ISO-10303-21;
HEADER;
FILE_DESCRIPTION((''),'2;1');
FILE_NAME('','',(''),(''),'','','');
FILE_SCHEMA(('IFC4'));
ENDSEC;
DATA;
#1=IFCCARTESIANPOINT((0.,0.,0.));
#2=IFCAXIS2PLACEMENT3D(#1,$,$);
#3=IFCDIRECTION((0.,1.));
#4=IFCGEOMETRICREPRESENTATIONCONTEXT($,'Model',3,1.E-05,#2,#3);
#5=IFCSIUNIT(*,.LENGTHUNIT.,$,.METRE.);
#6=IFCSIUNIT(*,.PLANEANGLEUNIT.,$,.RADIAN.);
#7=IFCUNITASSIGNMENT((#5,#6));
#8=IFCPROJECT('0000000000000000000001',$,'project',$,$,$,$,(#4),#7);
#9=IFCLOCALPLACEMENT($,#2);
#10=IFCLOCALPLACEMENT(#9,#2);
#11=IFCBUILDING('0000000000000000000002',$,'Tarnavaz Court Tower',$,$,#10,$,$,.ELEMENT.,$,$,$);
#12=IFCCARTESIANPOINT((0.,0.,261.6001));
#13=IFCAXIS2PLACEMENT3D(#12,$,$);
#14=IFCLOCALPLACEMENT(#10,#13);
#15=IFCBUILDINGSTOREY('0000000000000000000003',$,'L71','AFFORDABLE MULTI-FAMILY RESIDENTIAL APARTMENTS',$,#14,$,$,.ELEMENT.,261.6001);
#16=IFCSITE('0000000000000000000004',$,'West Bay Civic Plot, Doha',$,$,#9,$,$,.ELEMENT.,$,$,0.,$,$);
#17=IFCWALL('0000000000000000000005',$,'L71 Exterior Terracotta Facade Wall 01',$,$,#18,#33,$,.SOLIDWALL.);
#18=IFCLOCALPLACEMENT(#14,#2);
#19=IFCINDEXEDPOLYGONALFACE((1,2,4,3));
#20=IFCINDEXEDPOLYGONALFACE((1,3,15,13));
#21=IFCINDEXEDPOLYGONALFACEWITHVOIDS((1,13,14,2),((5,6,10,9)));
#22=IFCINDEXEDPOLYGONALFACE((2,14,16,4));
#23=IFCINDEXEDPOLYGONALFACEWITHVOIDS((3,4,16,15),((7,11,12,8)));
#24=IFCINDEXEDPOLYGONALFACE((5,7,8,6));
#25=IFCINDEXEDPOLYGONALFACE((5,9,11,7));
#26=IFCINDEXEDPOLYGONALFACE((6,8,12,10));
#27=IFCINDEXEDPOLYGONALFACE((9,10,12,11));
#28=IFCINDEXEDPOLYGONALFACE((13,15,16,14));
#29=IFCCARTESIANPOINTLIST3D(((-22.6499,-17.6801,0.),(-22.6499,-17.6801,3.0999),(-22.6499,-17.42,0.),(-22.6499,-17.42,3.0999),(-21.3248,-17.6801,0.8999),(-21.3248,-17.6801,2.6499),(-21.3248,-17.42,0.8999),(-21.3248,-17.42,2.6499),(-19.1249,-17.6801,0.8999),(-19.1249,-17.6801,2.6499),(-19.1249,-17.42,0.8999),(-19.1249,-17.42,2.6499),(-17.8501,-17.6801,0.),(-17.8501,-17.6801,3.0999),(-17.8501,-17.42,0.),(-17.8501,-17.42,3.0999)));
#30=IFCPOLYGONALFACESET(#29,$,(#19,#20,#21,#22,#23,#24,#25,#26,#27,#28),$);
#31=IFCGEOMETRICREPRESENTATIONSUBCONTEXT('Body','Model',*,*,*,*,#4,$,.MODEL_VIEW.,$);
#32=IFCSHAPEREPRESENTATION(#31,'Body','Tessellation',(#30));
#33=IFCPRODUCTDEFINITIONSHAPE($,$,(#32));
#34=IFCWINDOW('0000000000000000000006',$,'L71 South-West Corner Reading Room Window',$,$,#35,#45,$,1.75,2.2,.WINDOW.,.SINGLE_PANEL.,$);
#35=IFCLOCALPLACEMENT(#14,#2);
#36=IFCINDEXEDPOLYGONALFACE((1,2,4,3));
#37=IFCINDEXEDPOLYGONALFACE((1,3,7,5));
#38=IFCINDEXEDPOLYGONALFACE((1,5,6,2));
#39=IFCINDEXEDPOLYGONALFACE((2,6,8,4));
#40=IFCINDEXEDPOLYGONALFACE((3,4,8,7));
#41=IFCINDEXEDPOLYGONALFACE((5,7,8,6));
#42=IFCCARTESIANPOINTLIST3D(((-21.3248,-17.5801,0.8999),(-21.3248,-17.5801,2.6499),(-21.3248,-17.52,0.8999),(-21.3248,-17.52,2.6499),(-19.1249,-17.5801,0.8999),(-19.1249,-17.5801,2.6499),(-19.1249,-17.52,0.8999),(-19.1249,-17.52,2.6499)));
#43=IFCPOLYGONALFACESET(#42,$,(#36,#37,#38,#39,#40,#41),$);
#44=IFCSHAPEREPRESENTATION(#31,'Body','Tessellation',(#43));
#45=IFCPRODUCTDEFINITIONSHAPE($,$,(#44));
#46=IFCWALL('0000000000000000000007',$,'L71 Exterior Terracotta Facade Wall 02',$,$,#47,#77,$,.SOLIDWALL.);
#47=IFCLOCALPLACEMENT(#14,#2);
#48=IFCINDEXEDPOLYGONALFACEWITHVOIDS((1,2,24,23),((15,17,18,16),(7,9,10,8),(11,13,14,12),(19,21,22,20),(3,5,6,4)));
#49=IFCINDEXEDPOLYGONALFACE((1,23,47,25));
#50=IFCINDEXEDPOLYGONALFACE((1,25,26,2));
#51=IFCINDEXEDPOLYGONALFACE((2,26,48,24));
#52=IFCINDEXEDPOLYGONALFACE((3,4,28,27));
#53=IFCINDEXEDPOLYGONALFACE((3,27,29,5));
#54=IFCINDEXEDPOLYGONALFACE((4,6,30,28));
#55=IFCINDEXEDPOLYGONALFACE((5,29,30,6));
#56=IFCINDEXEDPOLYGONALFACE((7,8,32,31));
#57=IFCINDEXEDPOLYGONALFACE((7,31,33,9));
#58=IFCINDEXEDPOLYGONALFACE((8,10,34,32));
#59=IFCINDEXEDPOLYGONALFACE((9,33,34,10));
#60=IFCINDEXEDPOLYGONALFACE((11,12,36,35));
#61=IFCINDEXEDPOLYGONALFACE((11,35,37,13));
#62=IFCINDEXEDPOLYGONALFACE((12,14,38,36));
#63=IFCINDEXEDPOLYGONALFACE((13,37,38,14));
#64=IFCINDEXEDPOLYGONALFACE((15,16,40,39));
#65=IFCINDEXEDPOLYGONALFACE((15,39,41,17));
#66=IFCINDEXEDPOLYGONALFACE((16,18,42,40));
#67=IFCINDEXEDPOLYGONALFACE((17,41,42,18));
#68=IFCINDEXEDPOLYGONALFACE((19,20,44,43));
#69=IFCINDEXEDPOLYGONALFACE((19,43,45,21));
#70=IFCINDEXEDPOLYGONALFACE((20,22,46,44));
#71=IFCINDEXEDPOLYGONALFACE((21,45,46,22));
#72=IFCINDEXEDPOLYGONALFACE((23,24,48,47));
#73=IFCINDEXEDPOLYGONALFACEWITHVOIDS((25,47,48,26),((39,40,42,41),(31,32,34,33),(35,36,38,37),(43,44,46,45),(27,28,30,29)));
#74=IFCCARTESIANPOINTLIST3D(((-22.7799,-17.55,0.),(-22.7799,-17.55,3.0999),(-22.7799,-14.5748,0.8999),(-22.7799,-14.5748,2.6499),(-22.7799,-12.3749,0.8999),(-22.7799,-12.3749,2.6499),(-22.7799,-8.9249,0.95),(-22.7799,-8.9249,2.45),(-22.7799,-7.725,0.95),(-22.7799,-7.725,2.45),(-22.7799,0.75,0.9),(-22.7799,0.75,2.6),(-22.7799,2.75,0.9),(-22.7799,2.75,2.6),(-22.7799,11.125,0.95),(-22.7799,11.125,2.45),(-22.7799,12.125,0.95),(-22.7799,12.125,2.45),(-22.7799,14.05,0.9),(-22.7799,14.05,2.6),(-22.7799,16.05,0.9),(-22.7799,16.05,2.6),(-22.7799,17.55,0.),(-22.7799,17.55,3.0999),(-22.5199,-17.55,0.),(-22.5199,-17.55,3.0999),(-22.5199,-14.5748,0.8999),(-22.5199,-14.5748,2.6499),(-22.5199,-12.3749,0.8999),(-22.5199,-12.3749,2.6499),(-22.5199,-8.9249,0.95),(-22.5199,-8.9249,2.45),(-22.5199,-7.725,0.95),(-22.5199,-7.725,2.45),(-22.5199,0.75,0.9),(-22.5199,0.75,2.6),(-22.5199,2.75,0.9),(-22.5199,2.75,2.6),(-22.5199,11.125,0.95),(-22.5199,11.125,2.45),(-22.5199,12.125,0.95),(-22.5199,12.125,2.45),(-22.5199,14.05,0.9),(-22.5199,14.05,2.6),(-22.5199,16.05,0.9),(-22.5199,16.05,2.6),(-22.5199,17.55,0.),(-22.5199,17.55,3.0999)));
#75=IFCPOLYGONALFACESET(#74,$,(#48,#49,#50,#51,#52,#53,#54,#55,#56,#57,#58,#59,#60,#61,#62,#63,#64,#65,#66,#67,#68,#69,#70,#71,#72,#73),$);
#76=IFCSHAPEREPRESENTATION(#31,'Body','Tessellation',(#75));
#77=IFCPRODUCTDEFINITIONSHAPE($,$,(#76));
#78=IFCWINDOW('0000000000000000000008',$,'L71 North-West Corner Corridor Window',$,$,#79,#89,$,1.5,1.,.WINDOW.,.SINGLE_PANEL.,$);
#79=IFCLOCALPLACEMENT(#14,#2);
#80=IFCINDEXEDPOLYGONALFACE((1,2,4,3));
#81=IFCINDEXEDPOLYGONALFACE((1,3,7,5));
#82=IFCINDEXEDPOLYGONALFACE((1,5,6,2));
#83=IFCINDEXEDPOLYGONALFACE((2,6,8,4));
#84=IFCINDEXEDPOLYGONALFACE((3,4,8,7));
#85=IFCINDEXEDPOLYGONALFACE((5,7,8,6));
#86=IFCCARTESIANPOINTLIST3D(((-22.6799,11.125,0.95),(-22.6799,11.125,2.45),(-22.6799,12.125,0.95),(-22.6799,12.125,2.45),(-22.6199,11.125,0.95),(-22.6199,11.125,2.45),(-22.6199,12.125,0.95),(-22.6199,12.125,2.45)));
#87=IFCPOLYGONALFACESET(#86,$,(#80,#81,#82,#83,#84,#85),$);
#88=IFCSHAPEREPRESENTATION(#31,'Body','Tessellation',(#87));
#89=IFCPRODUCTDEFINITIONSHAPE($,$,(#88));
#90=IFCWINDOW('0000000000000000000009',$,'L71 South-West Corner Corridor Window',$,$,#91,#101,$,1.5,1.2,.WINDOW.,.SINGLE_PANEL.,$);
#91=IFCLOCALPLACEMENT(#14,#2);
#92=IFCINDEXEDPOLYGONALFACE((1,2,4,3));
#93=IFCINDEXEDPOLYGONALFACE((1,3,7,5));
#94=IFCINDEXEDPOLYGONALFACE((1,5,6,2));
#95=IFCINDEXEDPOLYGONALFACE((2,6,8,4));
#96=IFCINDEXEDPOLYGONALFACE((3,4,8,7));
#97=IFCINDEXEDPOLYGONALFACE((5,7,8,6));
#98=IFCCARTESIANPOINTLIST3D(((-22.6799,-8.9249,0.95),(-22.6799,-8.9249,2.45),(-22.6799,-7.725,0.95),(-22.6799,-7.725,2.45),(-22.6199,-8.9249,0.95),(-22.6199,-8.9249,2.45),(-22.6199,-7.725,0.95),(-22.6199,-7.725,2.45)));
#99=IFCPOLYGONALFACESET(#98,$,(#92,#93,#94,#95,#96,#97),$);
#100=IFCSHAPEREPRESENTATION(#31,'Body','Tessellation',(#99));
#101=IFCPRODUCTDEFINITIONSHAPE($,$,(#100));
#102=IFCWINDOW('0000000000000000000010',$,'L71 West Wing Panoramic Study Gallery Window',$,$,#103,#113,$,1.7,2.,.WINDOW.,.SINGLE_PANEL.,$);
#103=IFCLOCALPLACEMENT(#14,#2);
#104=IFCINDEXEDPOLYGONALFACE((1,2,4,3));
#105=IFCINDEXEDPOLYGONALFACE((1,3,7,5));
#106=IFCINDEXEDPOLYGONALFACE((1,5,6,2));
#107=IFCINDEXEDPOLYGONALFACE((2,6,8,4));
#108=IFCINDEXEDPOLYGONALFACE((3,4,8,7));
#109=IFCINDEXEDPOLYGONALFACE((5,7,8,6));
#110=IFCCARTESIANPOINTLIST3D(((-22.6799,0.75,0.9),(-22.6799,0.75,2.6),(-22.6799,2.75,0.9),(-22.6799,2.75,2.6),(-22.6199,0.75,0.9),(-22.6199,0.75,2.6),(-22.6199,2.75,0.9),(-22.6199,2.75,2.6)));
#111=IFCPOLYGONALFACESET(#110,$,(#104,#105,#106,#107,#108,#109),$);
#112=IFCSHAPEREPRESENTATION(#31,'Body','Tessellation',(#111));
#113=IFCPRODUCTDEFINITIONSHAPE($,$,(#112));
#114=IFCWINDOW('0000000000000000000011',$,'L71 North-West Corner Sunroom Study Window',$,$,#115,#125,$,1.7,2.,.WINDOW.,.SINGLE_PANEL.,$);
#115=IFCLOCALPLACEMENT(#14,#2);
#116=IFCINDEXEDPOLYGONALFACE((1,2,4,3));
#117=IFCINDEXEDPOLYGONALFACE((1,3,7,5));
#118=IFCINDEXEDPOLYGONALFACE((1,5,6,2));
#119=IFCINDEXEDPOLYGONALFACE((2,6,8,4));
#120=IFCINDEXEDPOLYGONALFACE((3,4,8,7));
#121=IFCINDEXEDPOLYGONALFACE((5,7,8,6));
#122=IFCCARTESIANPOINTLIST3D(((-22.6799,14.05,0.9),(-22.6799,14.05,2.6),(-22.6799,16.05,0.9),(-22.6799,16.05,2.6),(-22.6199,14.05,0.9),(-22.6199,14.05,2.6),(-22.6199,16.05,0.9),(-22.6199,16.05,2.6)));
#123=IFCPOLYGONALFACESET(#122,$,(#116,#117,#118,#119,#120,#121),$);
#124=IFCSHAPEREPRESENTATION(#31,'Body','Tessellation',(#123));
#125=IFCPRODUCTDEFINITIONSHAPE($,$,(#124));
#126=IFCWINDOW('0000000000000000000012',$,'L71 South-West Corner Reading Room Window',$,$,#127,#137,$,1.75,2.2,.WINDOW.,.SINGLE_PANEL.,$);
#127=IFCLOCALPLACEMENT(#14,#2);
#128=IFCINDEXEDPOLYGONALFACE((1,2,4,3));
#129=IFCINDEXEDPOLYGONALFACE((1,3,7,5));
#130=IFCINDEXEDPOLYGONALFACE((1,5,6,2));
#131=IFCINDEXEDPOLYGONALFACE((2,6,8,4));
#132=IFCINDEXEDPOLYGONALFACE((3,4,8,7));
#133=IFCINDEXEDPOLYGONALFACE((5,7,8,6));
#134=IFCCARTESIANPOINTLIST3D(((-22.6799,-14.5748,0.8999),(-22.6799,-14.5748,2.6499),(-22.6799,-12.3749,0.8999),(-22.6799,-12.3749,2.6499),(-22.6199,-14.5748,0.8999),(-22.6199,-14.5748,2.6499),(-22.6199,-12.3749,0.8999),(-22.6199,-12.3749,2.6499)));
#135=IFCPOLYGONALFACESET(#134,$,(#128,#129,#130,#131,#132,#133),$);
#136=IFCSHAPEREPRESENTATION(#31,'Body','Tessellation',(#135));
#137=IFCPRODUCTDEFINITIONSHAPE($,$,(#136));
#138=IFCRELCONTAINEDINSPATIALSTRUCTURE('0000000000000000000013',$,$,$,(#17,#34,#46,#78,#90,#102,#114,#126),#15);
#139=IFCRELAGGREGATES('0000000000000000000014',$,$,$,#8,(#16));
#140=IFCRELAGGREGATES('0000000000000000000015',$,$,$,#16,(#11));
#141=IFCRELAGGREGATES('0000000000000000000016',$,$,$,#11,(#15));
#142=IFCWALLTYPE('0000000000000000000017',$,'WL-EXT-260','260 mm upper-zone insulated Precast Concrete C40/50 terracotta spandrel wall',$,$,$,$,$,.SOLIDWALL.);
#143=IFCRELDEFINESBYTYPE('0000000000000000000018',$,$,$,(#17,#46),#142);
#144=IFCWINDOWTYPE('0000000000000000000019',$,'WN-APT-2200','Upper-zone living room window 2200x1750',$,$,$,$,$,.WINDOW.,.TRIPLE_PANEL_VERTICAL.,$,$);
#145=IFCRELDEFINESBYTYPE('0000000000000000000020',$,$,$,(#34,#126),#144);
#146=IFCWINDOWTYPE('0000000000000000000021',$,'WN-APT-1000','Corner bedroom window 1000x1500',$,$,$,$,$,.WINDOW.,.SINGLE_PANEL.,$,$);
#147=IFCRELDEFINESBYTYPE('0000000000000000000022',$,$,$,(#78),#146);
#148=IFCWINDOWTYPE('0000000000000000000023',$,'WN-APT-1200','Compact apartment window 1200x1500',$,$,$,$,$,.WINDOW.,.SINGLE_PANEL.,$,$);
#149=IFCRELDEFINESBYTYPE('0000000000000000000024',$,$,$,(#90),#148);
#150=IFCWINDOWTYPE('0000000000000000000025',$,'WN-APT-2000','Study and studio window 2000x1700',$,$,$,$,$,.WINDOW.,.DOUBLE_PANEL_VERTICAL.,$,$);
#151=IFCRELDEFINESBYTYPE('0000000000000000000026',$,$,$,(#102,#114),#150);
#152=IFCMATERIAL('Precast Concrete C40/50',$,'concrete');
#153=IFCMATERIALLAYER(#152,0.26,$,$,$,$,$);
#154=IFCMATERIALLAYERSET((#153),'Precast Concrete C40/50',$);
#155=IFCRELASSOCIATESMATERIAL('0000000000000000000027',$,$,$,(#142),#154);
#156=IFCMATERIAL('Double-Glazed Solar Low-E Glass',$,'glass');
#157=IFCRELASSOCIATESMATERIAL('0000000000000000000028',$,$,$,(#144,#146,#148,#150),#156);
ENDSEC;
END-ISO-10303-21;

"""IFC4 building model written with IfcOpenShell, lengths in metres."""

from ifc_helpers import new_model, si_unit, direction, frame, frame_2d, origin, place, context, subcontext, project, spatial, rectangle, extrude, material, layer, layer_set, type_object, element, fill, save


model = new_model("IFC4")

# Units and contexts
model_context = context("Model", 3, precision=1e-05, world=origin(), true_north=direction((0.0, 1.0)))
body_context = subcontext(model_context, "Body", "Model", "MODEL_VIEW")
ifc_project = project(units=[si_unit("LENGTHUNIT", "METRE"), si_unit("PLANEANGLEUNIT", "RADIAN")], contexts=[model_context])

# Site, building, storey
site_placement = place(None, origin())
site = spatial("IfcSite", under=ifc_project, at=site_placement, Name="West Bay Civic Plot, Doha", CompositionType="ELEMENT", RefElevation=0.0)
building_placement = place(site_placement, origin())
building = spatial("IfcBuilding", under=site, at=building_placement, Name="Tarnavaz Court Tower", CompositionType="ELEMENT")
storey_placement = place(building_placement, frame((0.0, 0.0, 261.6001)))
storey = spatial("IfcBuildingStorey", under=building, at=storey_placement, Name="L71", Description="AFFORDABLE MULTI-FAMILY RESIDENTIAL APARTMENTS", CompositionType="ELEMENT", Elevation=261.6001)

# Wall, opening, window
ifc_material_1 = material(Name="Precast Concrete C40/50", Category="concrete")
ifc_layer_1 = layer(ifc_material_1, 0.26)
ifc_layer_set_1 = layer_set([ifc_layer_1], Name="Precast Concrete C40/50")
wall_type_1 = type_object("IfcWallType", Name="WL-EXT-260", Description="260 mm upper-zone insulated Precast Concrete C40/50 terracotta spandrel wall", PredefinedType="SOLIDWALL", material=ifc_layer_set_1)
wall_1_placement = place(storey_placement, frame((-17.8501, -17.55, 0.0), z_axis=(0.0, 0.0, 1.0), x_axis=(-1.0, 0.0, 0.0)))
wall_1 = element("IfcWall", 1, at=wall_1_placement, inside=storey, type_object=wall_type_1, Name="L71 Exterior Terracotta Facade Wall 01", PredefinedType="SOLIDWALL", context=body_context, shape_type="SweptSolid", body=[
    extrude(rectangle(XDim=4.7998, YDim=0.26, at=frame_2d((2.3999, 0.0))), origin(), (0.0, 0.0, 1.0), 3.0999),
])
opening_1_placement = place(wall_1_placement, frame((1.2747, 0.0, 0.8999)))
opening_1 = element("IfcOpeningElement", 2, at=opening_1_placement, cuts=wall_1, PredefinedType="OPENING", context=body_context, shape_type="SweptSolid", body=[
    extrude(rectangle(XDim=2.2, YDim=1.75, at=frame_2d((1.1001, 0.875))), frame((0.0, 0.1399, 0.0), z_axis=(0.0, -1.0, 0.0), x_axis=(1.0, 0.0, 0.0)), (0.0, 0.0, 1.0), 0.28),
])
ifc_material_2 = material(Name="Double-Glazed Solar Low-E Glass", Category="glass")
window_type_1 = type_object("IfcWindowType", Name="WN-APT-2200", Description="Upper-zone living room window 2200x1750", PartitioningType="TRIPLE_PANEL_VERTICAL", PredefinedType="WINDOW", material=ifc_material_2)
window_1_placement = place(opening_1_placement, origin())
window_1 = element("IfcWindow", 3, at=window_1_placement, inside=storey, type_object=window_type_1, Name="L71 South-West Corner Reading Room Window", OverallHeight=1.75, OverallWidth=2.2, PartitioningType="SINGLE_PANEL", PredefinedType="WINDOW", context=body_context, shape_type="SweptSolid", body=[
    extrude(rectangle(XDim=2.2, YDim=1.75, at=frame_2d((1.1001, 0.875))), frame((0.0, 0.03, 0.0), z_axis=(0.0, -1.0, 0.0), x_axis=(1.0, 0.0, 0.0)), (0.0, 0.0, 1.0), 0.0601),
])
fill(opening_1, window_1)

# Wall, openings, windows
wall_2_placement = place(storey_placement, frame((-22.6499, -17.55, 0.0), z_axis=(0.0, 0.0, 1.0), x_axis=(0.0, 1.0, 0.0)))
wall_2 = element("IfcWall", 4, at=wall_2_placement, inside=storey, type_object=wall_type_1, Name="L71 Exterior Terracotta Facade Wall 02", PredefinedType="SOLIDWALL", context=body_context, shape_type="SweptSolid", body=[
    extrude(rectangle(XDim=35.1001, YDim=0.26, at=frame_2d((17.55, 0.0))), origin(), (0.0, 0.0, 1.0), 3.0999),
])
opening_2_placement = place(wall_2_placement, frame((2.9751, 0.0, 0.8999)))
opening_2 = element("IfcOpeningElement", 5, at=opening_2_placement, cuts=wall_2, PredefinedType="OPENING", context=body_context, shape_type="SweptSolid", body=[
    extrude(rectangle(XDim=2.2, YDim=1.75, at=frame_2d((1.1001, 0.875))), frame((0.0, 0.1399, 0.0), z_axis=(0.0, -1.0, 0.0), x_axis=(1.0, 0.0, 0.0)), (0.0, 0.0, 1.0), 0.28),
])
opening_3_placement = place(wall_2_placement, frame((8.625, 0.0, 0.95)))
opening_3 = element("IfcOpeningElement", 6, at=opening_3_placement, cuts=wall_2, PredefinedType="OPENING", context=body_context, shape_type="SweptSolid", body=[
    extrude(rectangle(XDim=1.2, YDim=1.5, at=frame_2d((0.6001, 0.75))), frame((0.0, 0.1399, 0.0), z_axis=(0.0, -1.0, 0.0), x_axis=(1.0, 0.0, 0.0)), (0.0, 0.0, 1.0), 0.28),
])
opening_4_placement = place(wall_2_placement, frame((18.3, 0.0, 0.8999)))
opening_4 = element("IfcOpeningElement", 7, at=opening_4_placement, cuts=wall_2, PredefinedType="OPENING", context=body_context, shape_type="SweptSolid", body=[
    extrude(rectangle(XDim=2.0, YDim=1.7, at=frame_2d((1.0, 0.8501))), frame((0.0, 0.1399, 0.0), z_axis=(0.0, -1.0, 0.0), x_axis=(1.0, 0.0, 0.0)), (0.0, 0.0, 1.0), 0.28),
])
opening_5_placement = place(wall_2_placement, frame((28.675, 0.0, 0.95)))
opening_5 = element("IfcOpeningElement", 8, at=opening_5_placement, cuts=wall_2, PredefinedType="OPENING", context=body_context, shape_type="SweptSolid", body=[
    extrude(rectangle(XDim=1.0, YDim=1.5, at=frame_2d((0.5, 0.75))), frame((0.0, 0.1399, 0.0), z_axis=(0.0, -1.0, 0.0), x_axis=(1.0, 0.0, 0.0)), (0.0, 0.0, 1.0), 0.28),
])
opening_6_placement = place(wall_2_placement, frame((31.6001, 0.0, 0.8999)))
opening_6 = element("IfcOpeningElement", 9, at=opening_6_placement, cuts=wall_2, PredefinedType="OPENING", context=body_context, shape_type="SweptSolid", body=[
    extrude(rectangle(XDim=2.0, YDim=1.7, at=frame_2d((1.0, 0.8501))), frame((0.0, 0.1399, 0.0), z_axis=(0.0, -1.0, 0.0), x_axis=(1.0, 0.0, 0.0)), (0.0, 0.0, 1.0), 0.28),
])
window_type_2 = type_object("IfcWindowType", Name="WN-APT-1000", Description="Corner bedroom window 1000x1500", PartitioningType="SINGLE_PANEL", PredefinedType="WINDOW", material=ifc_material_2)
window_2_placement = place(opening_5_placement, origin())
window_2 = element("IfcWindow", 10, at=window_2_placement, inside=storey, type_object=window_type_2, Name="L71 North-West Corner Corridor Window", OverallHeight=1.5, OverallWidth=1.0, PartitioningType="SINGLE_PANEL", PredefinedType="WINDOW", context=body_context, shape_type="SweptSolid", body=[
    extrude(rectangle(XDim=1.0, YDim=1.5, at=frame_2d((0.5, 0.75))), frame((0.0, 0.03, 0.0), z_axis=(0.0, -1.0, 0.0), x_axis=(1.0, 0.0, 0.0)), (0.0, 0.0, 1.0), 0.0601),
])
fill(opening_5, window_2)
window_type_3 = type_object("IfcWindowType", Name="WN-APT-1200", Description="Compact apartment window 1200x1500", PartitioningType="SINGLE_PANEL", PredefinedType="WINDOW", material=ifc_material_2)
window_3_placement = place(opening_3_placement, origin())
window_3 = element("IfcWindow", 11, at=window_3_placement, inside=storey, type_object=window_type_3, Name="L71 South-West Corner Corridor Window", OverallHeight=1.5, OverallWidth=1.2, PartitioningType="SINGLE_PANEL", PredefinedType="WINDOW", context=body_context, shape_type="SweptSolid", body=[
    extrude(rectangle(XDim=1.2, YDim=1.5, at=frame_2d((0.6001, 0.75))), frame((0.0, 0.03, 0.0), z_axis=(0.0, -1.0, 0.0), x_axis=(1.0, 0.0, 0.0)), (0.0, 0.0, 1.0), 0.0601),
])
fill(opening_3, window_3)
window_type_4 = type_object("IfcWindowType", Name="WN-APT-2000", Description="Study and studio window 2000x1700", PartitioningType="DOUBLE_PANEL_VERTICAL", PredefinedType="WINDOW", material=ifc_material_2)
window_4_placement = place(opening_4_placement, origin())
window_4 = element("IfcWindow", 12, at=window_4_placement, inside=storey, type_object=window_type_4, Name="L71 West Wing Panoramic Study Gallery Window", OverallHeight=1.7, OverallWidth=2.0, PartitioningType="SINGLE_PANEL", PredefinedType="WINDOW", context=body_context, shape_type="SweptSolid", body=[
    extrude(rectangle(XDim=2.0, YDim=1.7, at=frame_2d((1.0, 0.8501))), frame((0.0, 0.03, 0.0), z_axis=(0.0, -1.0, 0.0), x_axis=(1.0, 0.0, 0.0)), (0.0, 0.0, 1.0), 0.0601),
])
fill(opening_4, window_4)
window_5_placement = place(opening_6_placement, origin())
window_5 = element("IfcWindow", 13, at=window_5_placement, inside=storey, type_object=window_type_4, Name="L71 North-West Corner Sunroom Study Window", OverallHeight=1.7, OverallWidth=2.0, PartitioningType="SINGLE_PANEL", PredefinedType="WINDOW", context=body_context, shape_type="SweptSolid", body=[
    extrude(rectangle(XDim=2.0, YDim=1.7, at=frame_2d((1.0, 0.8501))), frame((0.0, 0.03, 0.0), z_axis=(0.0, -1.0, 0.0), x_axis=(1.0, 0.0, 0.0)), (0.0, 0.0, 1.0), 0.0601),
])
fill(opening_6, window_5)
window_6_placement = place(opening_2_placement, origin())
window_6 = element("IfcWindow", 14, at=window_6_placement, inside=storey, type_object=window_type_1, Name="L71 South-West Corner Reading Room Window", OverallHeight=1.75, OverallWidth=2.2, PartitioningType="SINGLE_PANEL", PredefinedType="WINDOW", context=body_context, shape_type="SweptSolid", body=[
    extrude(rectangle(XDim=2.2, YDim=1.75, at=frame_2d((1.1001, 0.875))), frame((0.0, 0.03, 0.0), z_axis=(0.0, -1.0, 0.0), x_axis=(1.0, 0.0, 0.0)), (0.0, 0.0, 1.0), 0.0601),
])
fill(opening_2, window_6)

save(model, "model.ifc")
